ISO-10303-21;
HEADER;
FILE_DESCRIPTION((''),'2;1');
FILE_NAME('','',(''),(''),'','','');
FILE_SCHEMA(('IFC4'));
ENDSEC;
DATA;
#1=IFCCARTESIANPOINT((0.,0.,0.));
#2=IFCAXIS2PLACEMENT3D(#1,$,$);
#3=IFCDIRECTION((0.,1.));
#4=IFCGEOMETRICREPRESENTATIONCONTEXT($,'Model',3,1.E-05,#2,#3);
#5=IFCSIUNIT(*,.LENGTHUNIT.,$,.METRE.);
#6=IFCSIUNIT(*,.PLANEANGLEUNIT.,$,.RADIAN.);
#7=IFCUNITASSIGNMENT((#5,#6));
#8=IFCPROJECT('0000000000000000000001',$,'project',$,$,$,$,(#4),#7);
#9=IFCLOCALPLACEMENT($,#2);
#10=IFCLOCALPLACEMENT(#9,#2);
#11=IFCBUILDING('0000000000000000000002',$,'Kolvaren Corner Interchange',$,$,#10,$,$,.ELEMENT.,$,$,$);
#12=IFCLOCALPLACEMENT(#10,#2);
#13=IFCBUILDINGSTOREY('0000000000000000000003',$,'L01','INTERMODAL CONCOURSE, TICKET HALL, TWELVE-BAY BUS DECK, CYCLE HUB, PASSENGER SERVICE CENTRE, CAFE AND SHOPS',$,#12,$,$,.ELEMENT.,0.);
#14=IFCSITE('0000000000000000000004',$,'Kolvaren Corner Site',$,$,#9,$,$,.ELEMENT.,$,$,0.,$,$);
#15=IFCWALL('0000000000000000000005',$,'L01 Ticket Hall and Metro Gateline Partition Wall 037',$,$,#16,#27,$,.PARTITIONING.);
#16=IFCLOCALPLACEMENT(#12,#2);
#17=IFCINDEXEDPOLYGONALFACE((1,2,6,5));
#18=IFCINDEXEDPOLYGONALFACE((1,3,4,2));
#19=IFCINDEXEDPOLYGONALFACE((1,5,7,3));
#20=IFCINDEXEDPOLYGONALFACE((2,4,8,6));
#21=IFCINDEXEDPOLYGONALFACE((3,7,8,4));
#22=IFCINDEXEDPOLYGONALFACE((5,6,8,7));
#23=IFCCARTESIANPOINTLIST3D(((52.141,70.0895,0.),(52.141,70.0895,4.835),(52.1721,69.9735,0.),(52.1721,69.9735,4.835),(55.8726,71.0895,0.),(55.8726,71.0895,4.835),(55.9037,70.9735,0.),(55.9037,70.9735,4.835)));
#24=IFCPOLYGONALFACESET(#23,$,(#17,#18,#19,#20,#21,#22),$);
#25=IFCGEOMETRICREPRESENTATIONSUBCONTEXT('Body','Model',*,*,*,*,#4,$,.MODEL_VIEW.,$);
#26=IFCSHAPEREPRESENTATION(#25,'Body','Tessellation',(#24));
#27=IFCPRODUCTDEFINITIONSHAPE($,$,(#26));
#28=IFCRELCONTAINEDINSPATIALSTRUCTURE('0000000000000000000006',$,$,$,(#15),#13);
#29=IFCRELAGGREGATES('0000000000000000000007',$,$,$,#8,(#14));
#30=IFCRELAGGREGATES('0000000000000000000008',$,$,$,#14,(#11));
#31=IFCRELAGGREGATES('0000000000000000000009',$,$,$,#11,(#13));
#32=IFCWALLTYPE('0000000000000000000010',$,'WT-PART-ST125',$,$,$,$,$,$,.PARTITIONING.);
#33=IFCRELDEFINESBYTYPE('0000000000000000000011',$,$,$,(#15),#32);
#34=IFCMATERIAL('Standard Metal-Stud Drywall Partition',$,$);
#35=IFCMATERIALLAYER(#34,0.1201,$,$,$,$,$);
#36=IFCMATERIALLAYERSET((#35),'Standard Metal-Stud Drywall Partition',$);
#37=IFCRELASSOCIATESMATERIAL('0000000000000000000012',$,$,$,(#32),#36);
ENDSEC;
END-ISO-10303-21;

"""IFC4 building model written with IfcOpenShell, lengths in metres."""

from ifc_helpers import new_model, si_unit, direction, frame, frame_2d, origin, place, context, subcontext, project, spatial, rectangle, extrude, material, layer, layer_set, type_object, element, save


model = new_model("IFC4")

# Units and contexts
model_context = context("Model", 3, precision=1e-05, world=origin(), true_north=direction((0.0, 1.0)))
body_context = subcontext(model_context, "Body", "Model", "MODEL_VIEW")
ifc_project = project(units=[si_unit("LENGTHUNIT", "METRE"), si_unit("PLANEANGLEUNIT", "RADIAN")], contexts=[model_context])

# Site, building, storey
site_placement = place(None, origin())
site = spatial("IfcSite", under=ifc_project, at=site_placement, Name="Kolvaren Corner Site", CompositionType="ELEMENT", RefElevation=0.0)
building_placement = place(site_placement, origin())
building = spatial("IfcBuilding", under=site, at=building_placement, Name="Kolvaren Corner Interchange", CompositionType="ELEMENT")
storey_placement = place(building_placement, origin())
storey = spatial("IfcBuildingStorey", under=building, at=storey_placement, Name="L01", Description="INTERMODAL CONCOURSE, TICKET HALL, TWELVE-BAY BUS DECK, CYCLE HUB, PASSENGER SERVICE CENTRE, CAFE AND SHOPS", CompositionType="ELEMENT", Elevation=0.0)

# Wall
ifc_material_1 = material(Name="Standard Metal-Stud Drywall Partition")
ifc_layer_1 = layer(ifc_material_1, 0.1201)
ifc_layer_set_1 = layer_set([ifc_layer_1], Name="Standard Metal-Stud Drywall Partition")
wall_type_1 = type_object("IfcWallType", Name="WT-PART-ST125", PredefinedType="PARTITIONING", material=ifc_layer_set_1)
wall_1_placement = place(storey_placement, frame((55.8882, 71.0315, 0.0), z_axis=(0.0, 0.0, 1.0), x_axis=(-0.96592, -0.258842, 0.0)))
element("IfcWall", 1, at=wall_1_placement, inside=storey, type_object=wall_type_1, Name="L01 Ticket Hall and Metro Gateline Partition Wall 037", PredefinedType="PARTITIONING", context=body_context, shape_type="SweptSolid", body=[
    extrude(rectangle(XDim=3.8633, YDim=0.1201, at=frame_2d((1.9316, 0.0))), origin(), (0.0, 0.0, 1.0), 4.835),
])

save(model, "model.ifc")
